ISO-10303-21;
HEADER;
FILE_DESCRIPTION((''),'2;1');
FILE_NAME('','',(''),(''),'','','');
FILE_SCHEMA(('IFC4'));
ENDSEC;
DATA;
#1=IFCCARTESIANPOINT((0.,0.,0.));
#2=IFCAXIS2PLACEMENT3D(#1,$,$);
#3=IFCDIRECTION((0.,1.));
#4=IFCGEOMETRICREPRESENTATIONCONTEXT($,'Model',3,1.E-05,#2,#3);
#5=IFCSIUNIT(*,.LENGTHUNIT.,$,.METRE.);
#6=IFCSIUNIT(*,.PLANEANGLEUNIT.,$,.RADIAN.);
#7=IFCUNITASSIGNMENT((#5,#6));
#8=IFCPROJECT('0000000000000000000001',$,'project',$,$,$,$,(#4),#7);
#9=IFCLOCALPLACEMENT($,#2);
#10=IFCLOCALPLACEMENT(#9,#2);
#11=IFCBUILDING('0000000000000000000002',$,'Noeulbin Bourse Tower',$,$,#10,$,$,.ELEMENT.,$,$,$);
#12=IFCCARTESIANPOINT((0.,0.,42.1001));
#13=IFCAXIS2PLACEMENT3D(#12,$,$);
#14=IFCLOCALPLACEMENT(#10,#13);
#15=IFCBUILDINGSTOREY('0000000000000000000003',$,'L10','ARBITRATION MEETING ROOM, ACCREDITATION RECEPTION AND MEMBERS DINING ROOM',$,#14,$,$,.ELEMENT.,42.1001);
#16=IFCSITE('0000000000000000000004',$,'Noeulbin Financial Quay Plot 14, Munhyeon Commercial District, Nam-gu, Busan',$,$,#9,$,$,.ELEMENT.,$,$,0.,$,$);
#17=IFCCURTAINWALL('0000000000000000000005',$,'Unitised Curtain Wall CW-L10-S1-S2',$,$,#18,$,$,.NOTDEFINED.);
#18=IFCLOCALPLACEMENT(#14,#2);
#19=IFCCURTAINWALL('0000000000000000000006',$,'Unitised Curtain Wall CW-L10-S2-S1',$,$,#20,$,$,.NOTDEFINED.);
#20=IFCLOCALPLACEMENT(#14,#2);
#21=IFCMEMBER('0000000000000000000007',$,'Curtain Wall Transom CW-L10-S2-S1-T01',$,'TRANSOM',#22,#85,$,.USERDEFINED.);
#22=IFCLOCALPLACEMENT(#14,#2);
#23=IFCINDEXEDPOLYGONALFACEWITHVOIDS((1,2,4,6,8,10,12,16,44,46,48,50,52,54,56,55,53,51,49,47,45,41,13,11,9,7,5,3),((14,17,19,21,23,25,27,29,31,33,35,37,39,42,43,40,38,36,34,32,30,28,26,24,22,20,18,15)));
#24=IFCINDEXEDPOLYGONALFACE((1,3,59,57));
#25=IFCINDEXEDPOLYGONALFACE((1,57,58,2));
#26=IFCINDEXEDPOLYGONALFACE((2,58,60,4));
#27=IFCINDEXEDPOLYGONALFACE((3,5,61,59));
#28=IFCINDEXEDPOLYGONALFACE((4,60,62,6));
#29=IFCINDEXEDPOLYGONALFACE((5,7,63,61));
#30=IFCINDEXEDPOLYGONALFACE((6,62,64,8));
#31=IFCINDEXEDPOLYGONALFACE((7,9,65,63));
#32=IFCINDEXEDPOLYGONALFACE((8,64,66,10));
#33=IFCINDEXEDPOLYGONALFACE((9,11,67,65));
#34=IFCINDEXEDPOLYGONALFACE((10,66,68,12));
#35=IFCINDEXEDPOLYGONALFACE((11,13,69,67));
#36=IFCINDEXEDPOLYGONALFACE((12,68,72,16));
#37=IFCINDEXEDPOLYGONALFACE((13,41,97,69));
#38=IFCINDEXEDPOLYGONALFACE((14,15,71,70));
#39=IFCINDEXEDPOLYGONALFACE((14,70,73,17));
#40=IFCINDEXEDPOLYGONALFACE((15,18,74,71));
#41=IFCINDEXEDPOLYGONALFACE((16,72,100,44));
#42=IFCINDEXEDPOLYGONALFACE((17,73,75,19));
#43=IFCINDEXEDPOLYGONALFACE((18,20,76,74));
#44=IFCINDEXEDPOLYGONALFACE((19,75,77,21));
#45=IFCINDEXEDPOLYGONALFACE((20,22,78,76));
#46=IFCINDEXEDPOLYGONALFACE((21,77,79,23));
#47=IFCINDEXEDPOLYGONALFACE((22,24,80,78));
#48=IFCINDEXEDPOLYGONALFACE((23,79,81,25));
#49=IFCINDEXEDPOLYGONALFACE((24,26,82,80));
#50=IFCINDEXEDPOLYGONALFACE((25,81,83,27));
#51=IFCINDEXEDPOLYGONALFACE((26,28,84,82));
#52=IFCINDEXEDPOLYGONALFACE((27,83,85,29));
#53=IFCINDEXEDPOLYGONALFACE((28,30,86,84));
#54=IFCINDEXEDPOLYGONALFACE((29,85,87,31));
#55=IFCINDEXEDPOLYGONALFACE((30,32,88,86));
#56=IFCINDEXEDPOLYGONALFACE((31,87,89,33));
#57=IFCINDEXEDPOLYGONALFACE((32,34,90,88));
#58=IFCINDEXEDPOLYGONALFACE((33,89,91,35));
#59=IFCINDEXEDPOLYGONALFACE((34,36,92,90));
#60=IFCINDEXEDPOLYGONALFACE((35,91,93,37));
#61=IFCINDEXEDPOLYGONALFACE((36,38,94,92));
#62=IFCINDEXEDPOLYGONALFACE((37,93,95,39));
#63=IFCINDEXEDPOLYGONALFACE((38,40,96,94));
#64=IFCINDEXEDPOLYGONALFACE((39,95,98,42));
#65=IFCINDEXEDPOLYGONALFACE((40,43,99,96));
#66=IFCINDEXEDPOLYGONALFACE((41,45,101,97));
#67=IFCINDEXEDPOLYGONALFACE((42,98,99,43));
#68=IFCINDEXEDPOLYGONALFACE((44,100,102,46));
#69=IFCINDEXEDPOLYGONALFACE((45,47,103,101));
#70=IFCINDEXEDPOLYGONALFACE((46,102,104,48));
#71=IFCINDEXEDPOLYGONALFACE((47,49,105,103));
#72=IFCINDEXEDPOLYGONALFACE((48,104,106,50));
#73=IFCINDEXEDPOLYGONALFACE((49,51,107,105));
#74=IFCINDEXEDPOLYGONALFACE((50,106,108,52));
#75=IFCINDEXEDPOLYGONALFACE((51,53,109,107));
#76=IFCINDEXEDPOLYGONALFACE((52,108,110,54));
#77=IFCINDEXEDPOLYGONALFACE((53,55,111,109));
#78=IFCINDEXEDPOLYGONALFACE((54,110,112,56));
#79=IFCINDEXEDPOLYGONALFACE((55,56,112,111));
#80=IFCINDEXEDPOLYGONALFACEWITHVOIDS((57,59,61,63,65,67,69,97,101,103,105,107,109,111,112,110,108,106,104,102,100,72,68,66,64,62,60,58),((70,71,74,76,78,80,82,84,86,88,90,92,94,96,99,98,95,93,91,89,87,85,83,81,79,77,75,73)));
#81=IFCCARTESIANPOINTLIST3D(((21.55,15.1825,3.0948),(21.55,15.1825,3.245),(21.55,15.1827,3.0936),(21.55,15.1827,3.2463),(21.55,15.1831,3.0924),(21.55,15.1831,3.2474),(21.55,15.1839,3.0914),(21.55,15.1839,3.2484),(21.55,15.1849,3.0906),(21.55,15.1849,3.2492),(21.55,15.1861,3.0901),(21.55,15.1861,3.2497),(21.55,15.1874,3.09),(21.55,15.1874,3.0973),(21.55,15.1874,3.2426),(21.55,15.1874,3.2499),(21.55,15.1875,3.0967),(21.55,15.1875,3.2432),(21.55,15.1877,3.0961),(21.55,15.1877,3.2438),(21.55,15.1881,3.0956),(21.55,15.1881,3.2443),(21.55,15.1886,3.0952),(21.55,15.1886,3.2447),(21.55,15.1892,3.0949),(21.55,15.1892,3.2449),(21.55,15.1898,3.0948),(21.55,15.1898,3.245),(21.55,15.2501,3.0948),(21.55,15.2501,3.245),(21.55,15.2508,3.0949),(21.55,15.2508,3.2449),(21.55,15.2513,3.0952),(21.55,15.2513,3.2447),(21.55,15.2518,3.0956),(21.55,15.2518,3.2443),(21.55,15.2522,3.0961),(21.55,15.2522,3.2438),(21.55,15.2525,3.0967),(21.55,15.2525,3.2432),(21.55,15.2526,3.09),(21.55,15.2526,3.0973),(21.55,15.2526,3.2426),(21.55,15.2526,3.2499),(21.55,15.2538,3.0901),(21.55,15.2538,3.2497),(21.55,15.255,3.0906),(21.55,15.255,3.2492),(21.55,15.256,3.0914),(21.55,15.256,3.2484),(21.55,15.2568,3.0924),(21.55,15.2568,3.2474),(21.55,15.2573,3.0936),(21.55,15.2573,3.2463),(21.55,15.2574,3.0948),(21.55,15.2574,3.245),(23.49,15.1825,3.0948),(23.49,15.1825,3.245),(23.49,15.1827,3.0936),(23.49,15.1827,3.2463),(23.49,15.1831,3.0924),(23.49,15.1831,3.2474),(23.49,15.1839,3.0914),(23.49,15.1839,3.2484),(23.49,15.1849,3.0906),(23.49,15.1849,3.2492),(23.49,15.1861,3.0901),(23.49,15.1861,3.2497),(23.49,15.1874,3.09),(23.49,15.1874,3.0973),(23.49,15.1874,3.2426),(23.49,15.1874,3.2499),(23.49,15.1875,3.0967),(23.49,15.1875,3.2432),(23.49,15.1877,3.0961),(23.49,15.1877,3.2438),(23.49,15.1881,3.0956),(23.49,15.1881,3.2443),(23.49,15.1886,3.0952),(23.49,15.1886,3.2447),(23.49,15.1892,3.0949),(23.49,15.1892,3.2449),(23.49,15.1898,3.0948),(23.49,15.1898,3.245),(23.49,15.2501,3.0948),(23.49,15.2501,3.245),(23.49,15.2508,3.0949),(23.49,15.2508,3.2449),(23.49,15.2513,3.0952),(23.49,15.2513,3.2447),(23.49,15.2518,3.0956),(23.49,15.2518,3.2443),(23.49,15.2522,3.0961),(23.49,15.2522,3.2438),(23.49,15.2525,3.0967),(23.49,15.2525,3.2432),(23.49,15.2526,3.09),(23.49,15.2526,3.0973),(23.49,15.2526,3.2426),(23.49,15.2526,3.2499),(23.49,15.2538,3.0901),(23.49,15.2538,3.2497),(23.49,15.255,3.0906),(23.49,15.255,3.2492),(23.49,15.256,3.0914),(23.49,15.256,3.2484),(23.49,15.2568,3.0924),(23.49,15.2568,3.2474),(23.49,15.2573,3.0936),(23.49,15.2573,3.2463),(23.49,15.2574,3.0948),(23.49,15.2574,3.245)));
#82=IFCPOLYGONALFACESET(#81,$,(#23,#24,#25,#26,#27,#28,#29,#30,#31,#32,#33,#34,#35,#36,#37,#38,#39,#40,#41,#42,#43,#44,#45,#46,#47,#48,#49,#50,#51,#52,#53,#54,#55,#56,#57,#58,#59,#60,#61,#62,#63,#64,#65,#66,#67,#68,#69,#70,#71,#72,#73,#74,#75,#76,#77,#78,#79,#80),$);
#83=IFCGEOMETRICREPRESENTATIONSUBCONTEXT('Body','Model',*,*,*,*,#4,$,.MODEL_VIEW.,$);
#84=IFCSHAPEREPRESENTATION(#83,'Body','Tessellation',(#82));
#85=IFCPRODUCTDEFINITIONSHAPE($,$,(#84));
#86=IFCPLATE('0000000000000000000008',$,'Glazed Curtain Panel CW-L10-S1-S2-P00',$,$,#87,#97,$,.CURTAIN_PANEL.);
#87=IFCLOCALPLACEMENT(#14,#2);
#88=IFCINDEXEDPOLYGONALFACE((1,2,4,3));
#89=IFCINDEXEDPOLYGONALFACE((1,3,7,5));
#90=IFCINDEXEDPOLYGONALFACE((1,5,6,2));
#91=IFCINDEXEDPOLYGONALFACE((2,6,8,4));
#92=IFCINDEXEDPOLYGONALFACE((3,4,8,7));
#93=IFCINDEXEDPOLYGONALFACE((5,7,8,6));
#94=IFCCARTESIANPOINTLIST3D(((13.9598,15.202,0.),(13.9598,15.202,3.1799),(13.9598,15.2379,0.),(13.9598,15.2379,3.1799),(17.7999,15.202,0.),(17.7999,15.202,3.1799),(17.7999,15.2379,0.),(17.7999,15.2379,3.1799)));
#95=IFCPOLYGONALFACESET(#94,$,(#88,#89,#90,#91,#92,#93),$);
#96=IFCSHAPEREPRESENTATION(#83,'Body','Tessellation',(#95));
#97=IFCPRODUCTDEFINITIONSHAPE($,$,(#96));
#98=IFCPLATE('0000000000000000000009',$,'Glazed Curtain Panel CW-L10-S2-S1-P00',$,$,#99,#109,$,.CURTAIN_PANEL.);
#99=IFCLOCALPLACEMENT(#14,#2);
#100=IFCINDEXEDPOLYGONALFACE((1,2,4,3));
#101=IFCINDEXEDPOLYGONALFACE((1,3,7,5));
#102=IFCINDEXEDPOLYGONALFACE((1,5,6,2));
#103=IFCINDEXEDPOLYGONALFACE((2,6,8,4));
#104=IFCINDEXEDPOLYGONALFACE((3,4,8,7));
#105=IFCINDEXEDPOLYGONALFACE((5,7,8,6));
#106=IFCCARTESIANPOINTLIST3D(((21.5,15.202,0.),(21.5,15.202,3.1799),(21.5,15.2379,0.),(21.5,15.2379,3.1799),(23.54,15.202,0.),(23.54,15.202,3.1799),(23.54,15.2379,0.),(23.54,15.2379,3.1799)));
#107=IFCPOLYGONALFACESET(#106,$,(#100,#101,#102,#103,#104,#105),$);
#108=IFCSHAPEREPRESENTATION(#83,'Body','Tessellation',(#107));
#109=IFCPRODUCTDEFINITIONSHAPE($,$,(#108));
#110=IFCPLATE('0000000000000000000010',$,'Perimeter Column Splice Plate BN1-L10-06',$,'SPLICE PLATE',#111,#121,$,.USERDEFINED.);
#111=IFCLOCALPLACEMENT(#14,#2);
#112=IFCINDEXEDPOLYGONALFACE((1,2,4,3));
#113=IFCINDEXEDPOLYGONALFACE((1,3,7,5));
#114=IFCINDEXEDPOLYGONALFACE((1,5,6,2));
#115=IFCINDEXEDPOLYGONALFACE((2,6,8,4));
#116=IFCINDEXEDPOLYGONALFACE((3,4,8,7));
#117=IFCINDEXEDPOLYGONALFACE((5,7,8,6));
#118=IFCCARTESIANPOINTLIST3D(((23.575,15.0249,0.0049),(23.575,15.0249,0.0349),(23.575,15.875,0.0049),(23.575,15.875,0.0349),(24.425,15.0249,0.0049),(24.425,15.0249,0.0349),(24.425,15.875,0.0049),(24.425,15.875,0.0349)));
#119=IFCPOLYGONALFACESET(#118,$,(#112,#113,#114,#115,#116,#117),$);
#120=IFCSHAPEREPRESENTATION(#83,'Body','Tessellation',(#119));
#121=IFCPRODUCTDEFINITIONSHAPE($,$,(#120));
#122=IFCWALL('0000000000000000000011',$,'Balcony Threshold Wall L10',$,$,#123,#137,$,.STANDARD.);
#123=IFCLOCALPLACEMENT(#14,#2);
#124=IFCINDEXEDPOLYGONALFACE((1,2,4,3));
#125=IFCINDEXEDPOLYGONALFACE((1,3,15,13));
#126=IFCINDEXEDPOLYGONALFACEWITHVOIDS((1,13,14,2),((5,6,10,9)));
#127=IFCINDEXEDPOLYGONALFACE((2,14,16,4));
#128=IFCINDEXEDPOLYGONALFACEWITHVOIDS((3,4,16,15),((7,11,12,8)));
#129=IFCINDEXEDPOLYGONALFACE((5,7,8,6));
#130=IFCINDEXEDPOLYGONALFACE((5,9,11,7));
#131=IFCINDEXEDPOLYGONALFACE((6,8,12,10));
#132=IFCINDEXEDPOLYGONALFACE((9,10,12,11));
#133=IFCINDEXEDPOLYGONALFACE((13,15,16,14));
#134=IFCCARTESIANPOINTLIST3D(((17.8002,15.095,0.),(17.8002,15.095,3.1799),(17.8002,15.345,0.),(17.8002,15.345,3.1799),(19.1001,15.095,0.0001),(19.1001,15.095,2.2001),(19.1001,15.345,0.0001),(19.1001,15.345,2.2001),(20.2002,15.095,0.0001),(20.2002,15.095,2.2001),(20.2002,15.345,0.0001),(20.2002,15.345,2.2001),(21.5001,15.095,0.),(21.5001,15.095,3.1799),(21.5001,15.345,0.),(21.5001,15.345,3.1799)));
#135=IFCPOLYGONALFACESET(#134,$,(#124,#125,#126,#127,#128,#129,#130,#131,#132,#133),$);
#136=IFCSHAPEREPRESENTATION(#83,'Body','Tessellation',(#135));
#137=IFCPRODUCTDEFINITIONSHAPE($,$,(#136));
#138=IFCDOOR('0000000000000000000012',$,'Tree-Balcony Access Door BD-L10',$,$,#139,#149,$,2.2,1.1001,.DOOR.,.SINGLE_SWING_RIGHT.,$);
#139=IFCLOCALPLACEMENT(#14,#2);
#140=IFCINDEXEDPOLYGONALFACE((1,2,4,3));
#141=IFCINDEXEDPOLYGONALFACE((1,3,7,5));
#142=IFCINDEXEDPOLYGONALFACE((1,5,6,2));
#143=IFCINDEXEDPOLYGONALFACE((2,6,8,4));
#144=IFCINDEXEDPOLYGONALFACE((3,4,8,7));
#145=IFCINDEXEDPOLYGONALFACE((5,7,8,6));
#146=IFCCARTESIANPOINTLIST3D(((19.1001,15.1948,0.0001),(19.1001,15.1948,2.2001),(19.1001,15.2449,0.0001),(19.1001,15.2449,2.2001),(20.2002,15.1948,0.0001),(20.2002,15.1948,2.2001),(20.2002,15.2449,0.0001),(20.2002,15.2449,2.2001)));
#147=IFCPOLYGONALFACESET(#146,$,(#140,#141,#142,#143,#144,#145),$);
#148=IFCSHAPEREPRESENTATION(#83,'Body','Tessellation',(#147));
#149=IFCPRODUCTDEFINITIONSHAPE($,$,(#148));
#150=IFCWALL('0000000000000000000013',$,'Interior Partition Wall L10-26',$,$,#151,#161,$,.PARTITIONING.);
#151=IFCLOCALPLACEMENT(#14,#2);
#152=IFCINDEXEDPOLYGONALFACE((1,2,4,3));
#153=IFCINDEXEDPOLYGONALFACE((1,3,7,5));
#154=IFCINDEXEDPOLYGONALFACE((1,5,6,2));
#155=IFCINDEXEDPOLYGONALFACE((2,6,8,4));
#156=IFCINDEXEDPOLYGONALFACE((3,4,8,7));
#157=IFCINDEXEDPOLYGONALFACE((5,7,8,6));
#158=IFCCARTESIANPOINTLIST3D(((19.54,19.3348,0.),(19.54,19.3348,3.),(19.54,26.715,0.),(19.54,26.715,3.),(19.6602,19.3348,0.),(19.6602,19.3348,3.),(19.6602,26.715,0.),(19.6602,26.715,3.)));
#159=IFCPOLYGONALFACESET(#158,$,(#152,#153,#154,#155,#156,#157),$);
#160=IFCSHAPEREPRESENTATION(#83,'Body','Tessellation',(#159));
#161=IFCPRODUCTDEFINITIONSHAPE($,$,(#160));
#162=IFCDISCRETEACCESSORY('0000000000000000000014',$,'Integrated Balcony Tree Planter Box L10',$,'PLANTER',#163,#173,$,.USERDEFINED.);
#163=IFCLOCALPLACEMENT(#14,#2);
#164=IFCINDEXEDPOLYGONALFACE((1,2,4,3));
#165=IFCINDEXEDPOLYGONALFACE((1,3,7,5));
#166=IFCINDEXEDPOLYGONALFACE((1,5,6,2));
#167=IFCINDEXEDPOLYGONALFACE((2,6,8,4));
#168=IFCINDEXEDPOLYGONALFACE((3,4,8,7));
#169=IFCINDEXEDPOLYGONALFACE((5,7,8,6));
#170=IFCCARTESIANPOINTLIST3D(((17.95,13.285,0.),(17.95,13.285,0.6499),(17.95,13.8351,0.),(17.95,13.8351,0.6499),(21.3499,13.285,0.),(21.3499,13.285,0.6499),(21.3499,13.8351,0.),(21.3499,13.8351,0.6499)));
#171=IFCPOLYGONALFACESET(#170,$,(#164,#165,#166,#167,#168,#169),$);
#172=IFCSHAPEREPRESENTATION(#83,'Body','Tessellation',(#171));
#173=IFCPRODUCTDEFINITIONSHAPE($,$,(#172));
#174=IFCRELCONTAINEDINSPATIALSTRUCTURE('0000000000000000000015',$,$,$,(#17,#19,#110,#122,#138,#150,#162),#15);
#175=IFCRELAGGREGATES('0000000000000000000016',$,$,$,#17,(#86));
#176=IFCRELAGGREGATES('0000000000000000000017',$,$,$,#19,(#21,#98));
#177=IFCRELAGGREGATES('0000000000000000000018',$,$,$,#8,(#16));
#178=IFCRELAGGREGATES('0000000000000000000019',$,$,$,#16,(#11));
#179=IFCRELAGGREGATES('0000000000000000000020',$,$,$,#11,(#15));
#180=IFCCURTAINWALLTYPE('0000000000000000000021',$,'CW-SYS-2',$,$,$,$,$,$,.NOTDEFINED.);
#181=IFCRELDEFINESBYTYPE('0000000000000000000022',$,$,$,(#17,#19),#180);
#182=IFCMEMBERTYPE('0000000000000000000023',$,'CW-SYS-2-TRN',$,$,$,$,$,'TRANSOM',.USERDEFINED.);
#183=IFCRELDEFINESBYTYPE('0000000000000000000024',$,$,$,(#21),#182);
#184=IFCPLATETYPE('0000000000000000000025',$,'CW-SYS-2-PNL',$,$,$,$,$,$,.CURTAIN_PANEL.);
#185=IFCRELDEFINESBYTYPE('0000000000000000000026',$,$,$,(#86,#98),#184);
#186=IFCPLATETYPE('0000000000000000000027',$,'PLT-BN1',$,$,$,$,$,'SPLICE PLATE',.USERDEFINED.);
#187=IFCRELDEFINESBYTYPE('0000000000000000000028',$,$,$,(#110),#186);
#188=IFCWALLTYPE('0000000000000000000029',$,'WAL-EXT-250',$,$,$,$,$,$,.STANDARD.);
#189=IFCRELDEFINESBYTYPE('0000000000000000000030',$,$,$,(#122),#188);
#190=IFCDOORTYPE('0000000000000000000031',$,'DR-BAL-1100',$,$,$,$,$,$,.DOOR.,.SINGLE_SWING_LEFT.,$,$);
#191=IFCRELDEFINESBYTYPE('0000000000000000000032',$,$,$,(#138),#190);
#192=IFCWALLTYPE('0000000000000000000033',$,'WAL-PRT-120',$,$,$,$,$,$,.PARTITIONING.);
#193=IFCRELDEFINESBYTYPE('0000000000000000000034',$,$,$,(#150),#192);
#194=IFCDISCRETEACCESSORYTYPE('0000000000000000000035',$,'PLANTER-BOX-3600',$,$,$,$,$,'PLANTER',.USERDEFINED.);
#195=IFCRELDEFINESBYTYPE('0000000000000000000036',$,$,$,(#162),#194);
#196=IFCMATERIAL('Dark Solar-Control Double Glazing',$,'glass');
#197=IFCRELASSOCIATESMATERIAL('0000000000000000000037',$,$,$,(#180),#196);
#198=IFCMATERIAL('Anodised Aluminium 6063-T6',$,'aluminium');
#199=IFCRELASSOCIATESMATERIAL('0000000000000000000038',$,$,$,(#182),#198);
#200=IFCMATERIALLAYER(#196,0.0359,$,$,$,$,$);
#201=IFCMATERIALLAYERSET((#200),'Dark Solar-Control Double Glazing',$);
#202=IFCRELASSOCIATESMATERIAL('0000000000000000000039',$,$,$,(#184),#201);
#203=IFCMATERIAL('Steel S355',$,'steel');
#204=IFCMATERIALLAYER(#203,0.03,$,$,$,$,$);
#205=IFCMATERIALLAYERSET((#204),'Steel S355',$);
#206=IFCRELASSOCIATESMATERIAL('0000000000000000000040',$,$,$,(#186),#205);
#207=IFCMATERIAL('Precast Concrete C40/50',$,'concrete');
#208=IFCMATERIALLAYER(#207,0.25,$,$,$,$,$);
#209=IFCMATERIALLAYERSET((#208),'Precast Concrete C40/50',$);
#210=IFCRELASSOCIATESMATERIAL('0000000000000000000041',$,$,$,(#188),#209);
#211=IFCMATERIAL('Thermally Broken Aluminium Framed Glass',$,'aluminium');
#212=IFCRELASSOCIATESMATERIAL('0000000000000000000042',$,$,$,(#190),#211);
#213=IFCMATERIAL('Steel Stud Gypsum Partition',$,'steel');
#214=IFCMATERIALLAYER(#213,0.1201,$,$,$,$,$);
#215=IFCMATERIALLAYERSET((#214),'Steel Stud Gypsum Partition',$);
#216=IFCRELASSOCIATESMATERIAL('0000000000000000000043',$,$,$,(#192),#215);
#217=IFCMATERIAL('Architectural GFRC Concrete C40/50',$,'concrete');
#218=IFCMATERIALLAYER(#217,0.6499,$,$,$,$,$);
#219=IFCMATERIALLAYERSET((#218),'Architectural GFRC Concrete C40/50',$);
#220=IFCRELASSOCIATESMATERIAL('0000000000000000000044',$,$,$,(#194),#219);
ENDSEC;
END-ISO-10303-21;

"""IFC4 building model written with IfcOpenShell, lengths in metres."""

from ifc_helpers import new_model, si_unit, direction, frame, frame_2d, origin, origin_2d, place, context, subcontext, project, spatial, rectangle, hollow_rectangle, extrude, material, layer, layer_set, material_profile, profile_set, type_object, element, fill, aggregate, save


model = new_model("IFC4")

# Units and contexts
model_context = context("Model", 3, precision=1e-05, world=origin(), true_north=direction((0.0, 1.0)))
body_context = subcontext(model_context, "Body", "Model", "MODEL_VIEW")
ifc_project = project(units=[si_unit("LENGTHUNIT", "METRE"), si_unit("PLANEANGLEUNIT", "RADIAN")], contexts=[model_context])

# Site, building, storey
site_placement = place(None, origin())
site = spatial("IfcSite", under=ifc_project, at=site_placement, Name="Noeulbin Financial Quay Plot 14, Munhyeon Commercial District, Nam-gu, Busan", CompositionType="ELEMENT", RefElevation=0.0)
building_placement = place(site_placement, origin())
building = spatial("IfcBuilding", under=site, at=building_placement, Name="Noeulbin Bourse Tower", CompositionType="ELEMENT")
storey_placement = place(building_placement, frame((0.0, 0.0, 42.1001)))
storey = spatial("IfcBuildingStorey", under=building, at=storey_placement, Name="L10", Description="ARBITRATION MEETING ROOM, ACCREDITATION RECEPTION AND MEMBERS DINING ROOM", CompositionType="ELEMENT", Elevation=42.1001)

# Shared definitions
ifc_material_1 = material(Name="Steel S355", Category="steel")

# Curtain wall
ifc_material_2 = material(Name="Dark Solar-Control Double Glazing", Category="glass")
curtain_wall_type = type_object("IfcCurtainWallType", Name="CW-SYS-2", PredefinedType="NOTDEFINED", material=ifc_material_2)
curtain_wall_1_placement = place(storey_placement, origin())
curtain_wall_1 = element("IfcCurtainWall", 1, at=curtain_wall_1_placement, inside=storey, type_object=curtain_wall_type, Name="Unitised Curtain Wall CW-L10-S1-S2", PredefinedType="NOTDEFINED")
ifc_material_3 = material(Name="Anodised Aluminium 6063-T6", Category="aluminium")

# Curtain wall, member
curtain_wall_2_placement = place(storey_placement, origin())
curtain_wall_2 = element("IfcCurtainWall", 2, at=curtain_wall_2_placement, inside=storey, type_object=curtain_wall_type, Name="Unitised Curtain Wall CW-L10-S2-S1", PredefinedType="NOTDEFINED")
ifc_material_profile_1 = material_profile(ifc_material_3, hollow_rectangle(XDim=0.075, YDim=0.1599, WallThickness=0.0049, InnerFilletRadius=0.0024, OuterFilletRadius=0.0049, at=origin_2d()), Name="ALU-TRAN-75x160x5", Category="LoadBearing")
ifc_profile_set_1 = profile_set([ifc_material_profile_1], Name="Anodised Aluminium 6063-T6")
member_type_1 = type_object("IfcMemberType", Name="CW-SYS-2-TRN", ElementType="TRANSOM", PredefinedType="USERDEFINED", material=ifc_profile_set_1)
member_1_placement = place(storey_placement, frame((21.55, 15.22, 3.1699), z_axis=(1.0, 0.0, 0.0), x_axis=(0.0, 1.0, 0.0)))
member_1 = element("IfcMember", 3, at=member_1_placement, type_object=member_type_1, Name="Curtain Wall Transom CW-L10-S2-S1-T01", ObjectType="TRANSOM", PredefinedType="USERDEFINED", context=body_context, shape_type="SweptSolid", body=[
    extrude(hollow_rectangle(XDim=0.075, YDim=0.1599, WallThickness=0.0049, InnerFilletRadius=0.0024, OuterFilletRadius=0.0049, at=origin_2d()), origin(), (0.0, 0.0, 1.0), 1.9399),
])

# Plates
ifc_layer_1 = layer(ifc_material_2, 0.0359)
ifc_layer_set_1 = layer_set([ifc_layer_1], Name="Dark Solar-Control Double Glazing")
plate_type_1 = type_object("IfcPlateType", Name="CW-SYS-2-PNL", PredefinedType="CURTAIN_PANEL", material=ifc_layer_set_1)
plate_1_placement = place(storey_placement, frame((15.8799, 15.22, 0.0), z_axis=(0.0, 0.0, 1.0), x_axis=(1.0, 0.0, 0.0)))
plate_1 = element("IfcPlate", 4, at=plate_1_placement, type_object=plate_type_1, Name="Glazed Curtain Panel CW-L10-S1-S2-P00", PredefinedType="CURTAIN_PANEL", context=body_context, shape_type="SweptSolid", body=[
    extrude(rectangle(XDim=3.8401, YDim=0.0359, at=origin_2d()), origin(), (0.0, 0.0, 1.0), 3.1799),
])
aggregate(curtain_wall_1, [plate_1])
plate_2_placement = place(storey_placement, frame((22.52, 15.22, 0.0), z_axis=(0.0, 0.0, 1.0), x_axis=(1.0, 0.0, 0.0)))
plate_2 = element("IfcPlate", 5, at=plate_2_placement, type_object=plate_type_1, Name="Glazed Curtain Panel CW-L10-S2-S1-P00", PredefinedType="CURTAIN_PANEL", context=body_context, shape_type="SweptSolid", body=[
    extrude(rectangle(XDim=2.04, YDim=0.0359, at=origin_2d()), origin(), (0.0, 0.0, 1.0), 3.1799),
])
aggregate(curtain_wall_2, [member_1, plate_2])
ifc_layer_2 = layer(ifc_material_1, 0.03)
ifc_layer_set_2 = layer_set([ifc_layer_2], Name="Steel S355")
plate_type_2 = type_object("IfcPlateType", Name="PLT-BN1", ElementType="SPLICE PLATE", PredefinedType="USERDEFINED", material=ifc_layer_set_2)
plate_3_placement = place(storey_placement, frame((24.0, 15.45, 0.0049), z_axis=(0.0, 0.0, 1.0), x_axis=(1.0, 0.0, 0.0)))
element("IfcPlate", 6, at=plate_3_placement, inside=storey, type_object=plate_type_2, Name="Perimeter Column Splice Plate BN1-L10-06", ObjectType="SPLICE PLATE", PredefinedType="USERDEFINED", context=body_context, shape_type="SweptSolid", body=[
    extrude(rectangle(XDim=0.8501, YDim=0.8501, at=origin_2d()), origin(), (0.0, 0.0, 1.0), 0.03),
])

# Wall, opening, door
ifc_material_4 = material(Name="Precast Concrete C40/50", Category="concrete")
ifc_layer_3 = layer(ifc_material_4, 0.25)
ifc_layer_set_3 = layer_set([ifc_layer_3], Name="Precast Concrete C40/50")
wall_type_1 = type_object("IfcWallType", Name="WAL-EXT-250", PredefinedType="STANDARD", material=ifc_layer_set_3)
wall_1_placement = place(storey_placement, frame((17.8, 15.22, 0.0), z_axis=(0.0, 0.0, 1.0), x_axis=(1.0, 0.0, 0.0)))
wall_1 = element("IfcWall", 7, at=wall_1_placement, inside=storey, type_object=wall_type_1, Name="Balcony Threshold Wall L10", PredefinedType="STANDARD", context=body_context, shape_type="SweptSolid", body=[
    extrude(rectangle(XDim=3.7, YDim=0.25, at=frame_2d((1.8501, 0.0))), origin(), (0.0, 0.0, 1.0), 3.1799),
])
opening_placement = place(wall_1_placement, frame((1.3, 0.0, 0.0)))
opening = element("IfcOpeningElement", 8, at=opening_placement, cuts=wall_1, PredefinedType="OPENING", context=body_context, shape_type="SweptSolid", body=[
    extrude(rectangle(XDim=1.1001, YDim=2.2, at=frame_2d((0.55, 1.1001))), frame((0.0, 0.135, 0.0), z_axis=(0.0, -1.0, 0.0), x_axis=(1.0, 0.0, 0.0)), (0.0, 0.0, 1.0), 0.27),
])
ifc_material_5 = material(Name="Thermally Broken Aluminium Framed Glass", Category="aluminium")
door_type = type_object("IfcDoorType", Name="DR-BAL-1100", OperationType="SINGLE_SWING_LEFT", PredefinedType="DOOR", material=ifc_material_5)
door_placement = place(opening_placement, origin())
door = element("IfcDoor", 9, at=door_placement, inside=storey, type_object=door_type, Name="Tree-Balcony Access Door BD-L10", OperationType="SINGLE_SWING_RIGHT", OverallHeight=2.2, OverallWidth=1.1001, PredefinedType="DOOR", context=body_context, shape_type="SweptSolid", body=[
    extrude(rectangle(XDim=1.1001, YDim=2.2, at=frame_2d((0.55, 1.1001))), frame((0.0, 0.0249, 0.0), z_axis=(0.0, -1.0, 0.0), x_axis=(1.0, 0.0, 0.0)), (0.0, 0.0, 1.0), 0.05),
])
fill(opening, door)

# Wall
ifc_material_6 = material(Name="Steel Stud Gypsum Partition", Category="steel")
ifc_layer_4 = layer(ifc_material_6, 0.1201)
ifc_layer_set_4 = layer_set([ifc_layer_4], Name="Steel Stud Gypsum Partition")
wall_type_2 = type_object("IfcWallType", Name="WAL-PRT-120", PredefinedType="PARTITIONING", material=ifc_layer_set_4)
wall_2_placement = place(storey_placement, frame((19.6001, 19.335, 0.0), z_axis=(0.0, 0.0, 1.0), x_axis=(0.0, 1.0, 0.0)))
element("IfcWall", 10, at=wall_2_placement, inside=storey, type_object=wall_type_2, Name="Interior Partition Wall L10-26", PredefinedType="PARTITIONING", context=body_context, shape_type="SweptSolid", body=[
    extrude(rectangle(XDim=7.3801, YDim=0.1201, at=frame_2d((3.6899, 0.0))), origin(), (0.0, 0.0, 1.0), 3.0),
])

# Discrete accessory
ifc_material_7 = material(Name="Architectural GFRC Concrete C40/50", Category="concrete")
ifc_layer_5 = layer(ifc_material_7, 0.6499)
ifc_layer_set_5 = layer_set([ifc_layer_5], Name="Architectural GFRC Concrete C40/50")
discrete_accessory_type = type_object("IfcDiscreteAccessoryType", Name="PLANTER-BOX-3600", ElementType="PLANTER", PredefinedType="USERDEFINED", material=ifc_layer_set_5)
discrete_accessory_placement = place(storey_placement, frame((19.6499, 13.5601, 0.0), z_axis=(0.0, 0.0, 1.0), x_axis=(1.0, 0.0, 0.0)))
element("IfcDiscreteAccessory", 11, at=discrete_accessory_placement, inside=storey, type_object=discrete_accessory_type, Name="Integrated Balcony Tree Planter Box L10", ObjectType="PLANTER", PredefinedType="USERDEFINED", context=body_context, shape_type="SweptSolid", body=[
    extrude(rectangle(XDim=3.3999, YDim=0.55, at=origin_2d()), origin(), (0.0, 0.0, 1.0), 0.6499),
])

save(model, "model.ifc")
